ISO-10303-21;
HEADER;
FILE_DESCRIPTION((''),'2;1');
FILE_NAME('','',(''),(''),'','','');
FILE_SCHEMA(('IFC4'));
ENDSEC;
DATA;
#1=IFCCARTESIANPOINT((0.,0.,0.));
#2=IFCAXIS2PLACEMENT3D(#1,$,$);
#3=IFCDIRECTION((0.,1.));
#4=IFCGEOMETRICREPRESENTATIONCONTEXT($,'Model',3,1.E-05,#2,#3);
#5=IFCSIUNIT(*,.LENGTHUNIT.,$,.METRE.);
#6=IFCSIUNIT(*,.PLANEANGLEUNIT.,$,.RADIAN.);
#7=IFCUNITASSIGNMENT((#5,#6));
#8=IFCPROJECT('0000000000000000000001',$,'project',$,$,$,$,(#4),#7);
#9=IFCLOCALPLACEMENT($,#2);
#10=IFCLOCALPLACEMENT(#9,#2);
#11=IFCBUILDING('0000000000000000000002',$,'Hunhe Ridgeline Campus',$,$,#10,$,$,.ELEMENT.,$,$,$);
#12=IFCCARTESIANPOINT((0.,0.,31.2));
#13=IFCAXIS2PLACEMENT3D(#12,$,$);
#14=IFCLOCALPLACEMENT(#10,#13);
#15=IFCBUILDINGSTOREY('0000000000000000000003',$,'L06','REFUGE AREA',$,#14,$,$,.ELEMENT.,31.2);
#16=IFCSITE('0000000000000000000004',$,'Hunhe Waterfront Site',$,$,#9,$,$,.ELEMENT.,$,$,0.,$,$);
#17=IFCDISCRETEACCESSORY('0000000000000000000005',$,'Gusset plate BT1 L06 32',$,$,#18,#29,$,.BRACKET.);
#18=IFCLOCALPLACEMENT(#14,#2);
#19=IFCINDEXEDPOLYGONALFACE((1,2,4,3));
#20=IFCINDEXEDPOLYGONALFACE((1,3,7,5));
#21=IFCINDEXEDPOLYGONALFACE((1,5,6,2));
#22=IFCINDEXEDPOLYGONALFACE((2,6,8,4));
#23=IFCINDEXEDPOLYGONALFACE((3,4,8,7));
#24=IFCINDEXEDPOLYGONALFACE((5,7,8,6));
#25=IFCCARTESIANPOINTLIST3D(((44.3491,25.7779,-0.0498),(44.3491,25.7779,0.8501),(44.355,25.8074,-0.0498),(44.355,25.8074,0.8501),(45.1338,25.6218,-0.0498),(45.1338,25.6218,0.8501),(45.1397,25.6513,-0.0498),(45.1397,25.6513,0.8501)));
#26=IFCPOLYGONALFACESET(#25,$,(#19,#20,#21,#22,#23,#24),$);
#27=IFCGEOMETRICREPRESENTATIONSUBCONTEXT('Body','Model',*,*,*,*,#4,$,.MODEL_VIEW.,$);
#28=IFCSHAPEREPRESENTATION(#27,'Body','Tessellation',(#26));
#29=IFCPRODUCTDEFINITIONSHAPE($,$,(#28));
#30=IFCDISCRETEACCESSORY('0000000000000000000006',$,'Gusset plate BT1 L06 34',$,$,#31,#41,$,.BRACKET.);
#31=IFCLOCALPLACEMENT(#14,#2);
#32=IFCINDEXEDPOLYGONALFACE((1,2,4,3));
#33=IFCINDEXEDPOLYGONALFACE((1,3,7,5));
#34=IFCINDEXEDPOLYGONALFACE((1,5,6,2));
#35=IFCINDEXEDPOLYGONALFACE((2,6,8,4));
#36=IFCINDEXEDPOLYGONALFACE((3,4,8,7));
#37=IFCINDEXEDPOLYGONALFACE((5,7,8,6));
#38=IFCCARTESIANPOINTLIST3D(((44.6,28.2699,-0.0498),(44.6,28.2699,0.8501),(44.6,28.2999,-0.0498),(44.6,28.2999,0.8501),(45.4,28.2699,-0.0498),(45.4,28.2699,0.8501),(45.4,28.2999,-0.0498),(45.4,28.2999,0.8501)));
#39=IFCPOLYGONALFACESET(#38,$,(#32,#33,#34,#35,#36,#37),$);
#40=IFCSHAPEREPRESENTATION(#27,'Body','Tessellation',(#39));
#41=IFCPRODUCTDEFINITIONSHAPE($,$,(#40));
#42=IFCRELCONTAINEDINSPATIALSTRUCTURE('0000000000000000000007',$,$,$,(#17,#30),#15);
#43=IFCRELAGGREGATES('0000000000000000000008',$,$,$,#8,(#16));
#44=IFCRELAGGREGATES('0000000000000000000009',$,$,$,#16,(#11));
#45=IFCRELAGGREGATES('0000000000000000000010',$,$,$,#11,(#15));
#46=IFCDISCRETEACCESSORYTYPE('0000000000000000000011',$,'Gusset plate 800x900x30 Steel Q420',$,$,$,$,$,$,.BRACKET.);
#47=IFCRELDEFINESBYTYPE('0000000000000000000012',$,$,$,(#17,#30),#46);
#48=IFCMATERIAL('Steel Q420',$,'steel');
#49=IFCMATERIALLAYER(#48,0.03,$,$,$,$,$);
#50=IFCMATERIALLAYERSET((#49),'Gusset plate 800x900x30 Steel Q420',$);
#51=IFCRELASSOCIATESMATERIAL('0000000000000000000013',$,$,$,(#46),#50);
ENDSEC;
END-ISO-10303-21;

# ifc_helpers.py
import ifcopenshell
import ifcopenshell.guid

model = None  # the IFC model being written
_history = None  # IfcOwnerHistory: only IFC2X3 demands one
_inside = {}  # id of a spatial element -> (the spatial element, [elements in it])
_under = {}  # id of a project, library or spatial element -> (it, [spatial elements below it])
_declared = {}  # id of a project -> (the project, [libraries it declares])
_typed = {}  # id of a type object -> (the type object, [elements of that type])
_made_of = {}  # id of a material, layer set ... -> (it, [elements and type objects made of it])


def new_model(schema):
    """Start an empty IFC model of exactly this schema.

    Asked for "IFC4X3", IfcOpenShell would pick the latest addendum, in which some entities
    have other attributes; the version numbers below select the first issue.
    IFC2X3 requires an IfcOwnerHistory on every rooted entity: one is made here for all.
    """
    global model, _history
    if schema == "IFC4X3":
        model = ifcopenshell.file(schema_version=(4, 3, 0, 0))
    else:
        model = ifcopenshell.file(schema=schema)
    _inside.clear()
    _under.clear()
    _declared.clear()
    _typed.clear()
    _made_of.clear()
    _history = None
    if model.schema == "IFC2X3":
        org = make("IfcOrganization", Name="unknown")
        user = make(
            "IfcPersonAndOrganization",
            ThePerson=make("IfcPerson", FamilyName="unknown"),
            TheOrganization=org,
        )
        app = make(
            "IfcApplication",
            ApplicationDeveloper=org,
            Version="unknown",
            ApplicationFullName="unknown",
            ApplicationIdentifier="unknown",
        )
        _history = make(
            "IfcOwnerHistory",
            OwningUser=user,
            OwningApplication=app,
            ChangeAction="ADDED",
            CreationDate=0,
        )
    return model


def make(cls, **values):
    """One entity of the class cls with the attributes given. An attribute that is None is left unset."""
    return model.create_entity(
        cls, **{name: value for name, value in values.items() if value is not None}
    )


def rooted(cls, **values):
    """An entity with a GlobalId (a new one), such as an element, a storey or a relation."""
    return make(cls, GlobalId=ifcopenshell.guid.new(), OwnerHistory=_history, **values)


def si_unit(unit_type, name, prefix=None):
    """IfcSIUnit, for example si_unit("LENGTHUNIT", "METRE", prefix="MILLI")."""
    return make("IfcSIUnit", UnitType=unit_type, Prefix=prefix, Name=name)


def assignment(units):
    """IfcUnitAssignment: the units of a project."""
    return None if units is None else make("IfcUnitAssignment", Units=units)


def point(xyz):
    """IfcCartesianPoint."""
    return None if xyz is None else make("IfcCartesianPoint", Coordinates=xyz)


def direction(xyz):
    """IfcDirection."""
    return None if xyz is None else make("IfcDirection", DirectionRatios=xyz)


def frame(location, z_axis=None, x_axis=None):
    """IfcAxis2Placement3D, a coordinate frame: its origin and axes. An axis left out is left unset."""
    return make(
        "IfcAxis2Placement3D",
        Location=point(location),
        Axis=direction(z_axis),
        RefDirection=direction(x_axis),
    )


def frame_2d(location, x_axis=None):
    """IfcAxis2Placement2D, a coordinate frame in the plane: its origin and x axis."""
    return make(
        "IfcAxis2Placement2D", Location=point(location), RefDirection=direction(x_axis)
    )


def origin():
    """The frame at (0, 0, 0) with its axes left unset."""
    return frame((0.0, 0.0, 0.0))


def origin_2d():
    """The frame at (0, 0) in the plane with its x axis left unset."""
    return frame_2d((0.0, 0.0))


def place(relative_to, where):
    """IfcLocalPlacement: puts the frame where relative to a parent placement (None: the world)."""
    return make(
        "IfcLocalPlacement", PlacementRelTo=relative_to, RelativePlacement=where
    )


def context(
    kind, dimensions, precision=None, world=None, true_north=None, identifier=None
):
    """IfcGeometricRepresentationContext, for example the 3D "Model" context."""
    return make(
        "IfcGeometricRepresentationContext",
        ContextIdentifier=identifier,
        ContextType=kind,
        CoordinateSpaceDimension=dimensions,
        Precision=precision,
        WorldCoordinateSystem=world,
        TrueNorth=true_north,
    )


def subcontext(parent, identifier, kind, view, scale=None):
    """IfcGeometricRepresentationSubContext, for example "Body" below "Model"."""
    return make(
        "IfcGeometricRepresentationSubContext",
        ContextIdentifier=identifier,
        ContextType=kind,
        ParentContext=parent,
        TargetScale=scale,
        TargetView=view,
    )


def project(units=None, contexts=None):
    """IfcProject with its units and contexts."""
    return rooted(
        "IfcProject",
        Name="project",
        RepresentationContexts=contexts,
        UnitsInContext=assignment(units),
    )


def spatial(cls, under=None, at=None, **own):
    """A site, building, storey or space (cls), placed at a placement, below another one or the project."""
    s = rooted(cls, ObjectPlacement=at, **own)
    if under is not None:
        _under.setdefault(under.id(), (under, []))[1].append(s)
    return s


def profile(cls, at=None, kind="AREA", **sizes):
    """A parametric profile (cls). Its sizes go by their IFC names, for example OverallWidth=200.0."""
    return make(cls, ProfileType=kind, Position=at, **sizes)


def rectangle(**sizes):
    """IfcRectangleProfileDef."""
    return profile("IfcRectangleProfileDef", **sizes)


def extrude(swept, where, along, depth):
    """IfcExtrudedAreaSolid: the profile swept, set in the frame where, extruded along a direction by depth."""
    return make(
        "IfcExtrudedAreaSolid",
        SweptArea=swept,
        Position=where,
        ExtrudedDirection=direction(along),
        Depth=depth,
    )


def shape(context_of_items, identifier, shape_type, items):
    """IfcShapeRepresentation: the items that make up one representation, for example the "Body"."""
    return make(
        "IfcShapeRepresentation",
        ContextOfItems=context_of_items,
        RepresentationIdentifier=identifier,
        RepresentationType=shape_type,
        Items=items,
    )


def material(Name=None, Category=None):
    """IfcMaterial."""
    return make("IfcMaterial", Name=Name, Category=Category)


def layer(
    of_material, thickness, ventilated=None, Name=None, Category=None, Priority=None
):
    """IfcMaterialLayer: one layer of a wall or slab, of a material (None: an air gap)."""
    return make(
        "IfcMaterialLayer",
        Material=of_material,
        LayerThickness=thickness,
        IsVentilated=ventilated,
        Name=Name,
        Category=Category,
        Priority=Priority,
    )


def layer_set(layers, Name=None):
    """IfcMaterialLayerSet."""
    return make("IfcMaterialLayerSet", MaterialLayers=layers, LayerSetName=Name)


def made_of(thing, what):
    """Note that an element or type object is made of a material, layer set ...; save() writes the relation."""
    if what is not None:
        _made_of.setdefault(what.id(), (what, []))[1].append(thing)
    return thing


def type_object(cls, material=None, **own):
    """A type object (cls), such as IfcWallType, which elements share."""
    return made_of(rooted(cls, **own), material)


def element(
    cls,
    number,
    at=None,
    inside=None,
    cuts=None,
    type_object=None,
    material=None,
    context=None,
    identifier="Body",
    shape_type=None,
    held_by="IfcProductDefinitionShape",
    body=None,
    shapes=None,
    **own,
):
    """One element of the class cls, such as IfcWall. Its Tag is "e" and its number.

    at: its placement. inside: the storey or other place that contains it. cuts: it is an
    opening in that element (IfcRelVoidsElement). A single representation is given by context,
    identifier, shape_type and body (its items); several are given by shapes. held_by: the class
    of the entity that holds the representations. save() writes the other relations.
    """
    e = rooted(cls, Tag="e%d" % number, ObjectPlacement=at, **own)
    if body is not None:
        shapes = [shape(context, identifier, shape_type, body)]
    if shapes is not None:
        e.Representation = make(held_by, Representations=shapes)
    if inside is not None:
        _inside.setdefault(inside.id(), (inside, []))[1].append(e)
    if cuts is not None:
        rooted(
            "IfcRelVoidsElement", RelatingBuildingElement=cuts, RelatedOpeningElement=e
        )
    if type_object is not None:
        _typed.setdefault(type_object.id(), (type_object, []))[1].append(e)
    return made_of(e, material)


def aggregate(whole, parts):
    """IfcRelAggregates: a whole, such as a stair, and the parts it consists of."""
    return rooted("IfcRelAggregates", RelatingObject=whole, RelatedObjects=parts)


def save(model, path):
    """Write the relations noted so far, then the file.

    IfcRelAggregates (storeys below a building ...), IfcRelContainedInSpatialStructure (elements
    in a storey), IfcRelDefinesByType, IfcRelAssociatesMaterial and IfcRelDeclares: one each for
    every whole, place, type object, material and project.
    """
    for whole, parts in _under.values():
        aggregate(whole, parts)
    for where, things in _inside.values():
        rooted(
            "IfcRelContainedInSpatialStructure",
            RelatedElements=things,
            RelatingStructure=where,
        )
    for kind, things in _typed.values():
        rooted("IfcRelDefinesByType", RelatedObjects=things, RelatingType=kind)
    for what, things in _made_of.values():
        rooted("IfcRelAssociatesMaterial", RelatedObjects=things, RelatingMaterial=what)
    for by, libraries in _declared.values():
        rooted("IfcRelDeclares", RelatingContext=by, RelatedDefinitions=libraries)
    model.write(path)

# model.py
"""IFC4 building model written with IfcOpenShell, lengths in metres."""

from ifc_helpers import new_model, si_unit, direction, frame, origin, origin_2d, place, context, subcontext, project, spatial, rectangle, extrude, material, layer, layer_set, type_object, element, save


model = new_model("IFC4")

# Units and contexts
model_context = context("Model", 3, precision=1e-05, world=origin(), true_north=direction((0.0, 1.0)))
body_context = subcontext(model_context, "Body", "Model", "MODEL_VIEW")
ifc_project = project(units=[si_unit("LENGTHUNIT", "METRE"), si_unit("PLANEANGLEUNIT", "RADIAN")], contexts=[model_context])

# Site, building, storey
site_placement = place(None, origin())
site = spatial("IfcSite", under=ifc_project, at=site_placement, Name="Hunhe Waterfront Site", CompositionType="ELEMENT", RefElevation=0.0)
building_placement = place(site_placement, origin())
building = spatial("IfcBuilding", under=site, at=building_placement, Name="Hunhe Ridgeline Campus", CompositionType="ELEMENT")
storey_placement = place(building_placement, frame((0.0, 0.0, 31.2)))
storey = spatial("IfcBuildingStorey", under=building, at=storey_placement, Name="L06", Description="REFUGE AREA", CompositionType="ELEMENT", Elevation=31.2)

# Shared definitions
ifc_material_1 = material(Name="Steel Q420", Category="steel")

# Discrete accessories
ifc_layer_1 = layer(ifc_material_1, 0.03)
ifc_layer_set_1 = layer_set([ifc_layer_1], Name="Gusset plate 800x900x30 Steel Q420")
discrete_accessory_type_1 = type_object("IfcDiscreteAccessoryType", Name="Gusset plate 800x900x30 Steel Q420", PredefinedType="BRACKET", material=ifc_layer_set_1)
for number, where, z_axis, x_axis, name in (
    (1, (44.7444, 25.7146, -0.0498), (0.0, 0.0, 1.0), (0.19509, 0.980785, 0.0), "Gusset plate BT1 L06 32"),
    (2, (45.0, 28.2849, -0.0498), (0.0, 0.0, 1.0), (0.0, -1.0, 0.0), "Gusset plate BT1 L06 34"),
):
    element("IfcDiscreteAccessory", number, at=place(storey_placement, frame(where, z_axis=z_axis, x_axis=x_axis)), inside=storey, type_object=discrete_accessory_type_1, Name=name, PredefinedType="BRACKET", context=body_context, shape_type="SweptSolid", body=[
        extrude(rectangle(XDim=0.03, YDim=0.8, at=origin_2d()), origin(), (0.0, 0.0, 1.0), 0.8999),
    ])

save(model, "model.ifc")
